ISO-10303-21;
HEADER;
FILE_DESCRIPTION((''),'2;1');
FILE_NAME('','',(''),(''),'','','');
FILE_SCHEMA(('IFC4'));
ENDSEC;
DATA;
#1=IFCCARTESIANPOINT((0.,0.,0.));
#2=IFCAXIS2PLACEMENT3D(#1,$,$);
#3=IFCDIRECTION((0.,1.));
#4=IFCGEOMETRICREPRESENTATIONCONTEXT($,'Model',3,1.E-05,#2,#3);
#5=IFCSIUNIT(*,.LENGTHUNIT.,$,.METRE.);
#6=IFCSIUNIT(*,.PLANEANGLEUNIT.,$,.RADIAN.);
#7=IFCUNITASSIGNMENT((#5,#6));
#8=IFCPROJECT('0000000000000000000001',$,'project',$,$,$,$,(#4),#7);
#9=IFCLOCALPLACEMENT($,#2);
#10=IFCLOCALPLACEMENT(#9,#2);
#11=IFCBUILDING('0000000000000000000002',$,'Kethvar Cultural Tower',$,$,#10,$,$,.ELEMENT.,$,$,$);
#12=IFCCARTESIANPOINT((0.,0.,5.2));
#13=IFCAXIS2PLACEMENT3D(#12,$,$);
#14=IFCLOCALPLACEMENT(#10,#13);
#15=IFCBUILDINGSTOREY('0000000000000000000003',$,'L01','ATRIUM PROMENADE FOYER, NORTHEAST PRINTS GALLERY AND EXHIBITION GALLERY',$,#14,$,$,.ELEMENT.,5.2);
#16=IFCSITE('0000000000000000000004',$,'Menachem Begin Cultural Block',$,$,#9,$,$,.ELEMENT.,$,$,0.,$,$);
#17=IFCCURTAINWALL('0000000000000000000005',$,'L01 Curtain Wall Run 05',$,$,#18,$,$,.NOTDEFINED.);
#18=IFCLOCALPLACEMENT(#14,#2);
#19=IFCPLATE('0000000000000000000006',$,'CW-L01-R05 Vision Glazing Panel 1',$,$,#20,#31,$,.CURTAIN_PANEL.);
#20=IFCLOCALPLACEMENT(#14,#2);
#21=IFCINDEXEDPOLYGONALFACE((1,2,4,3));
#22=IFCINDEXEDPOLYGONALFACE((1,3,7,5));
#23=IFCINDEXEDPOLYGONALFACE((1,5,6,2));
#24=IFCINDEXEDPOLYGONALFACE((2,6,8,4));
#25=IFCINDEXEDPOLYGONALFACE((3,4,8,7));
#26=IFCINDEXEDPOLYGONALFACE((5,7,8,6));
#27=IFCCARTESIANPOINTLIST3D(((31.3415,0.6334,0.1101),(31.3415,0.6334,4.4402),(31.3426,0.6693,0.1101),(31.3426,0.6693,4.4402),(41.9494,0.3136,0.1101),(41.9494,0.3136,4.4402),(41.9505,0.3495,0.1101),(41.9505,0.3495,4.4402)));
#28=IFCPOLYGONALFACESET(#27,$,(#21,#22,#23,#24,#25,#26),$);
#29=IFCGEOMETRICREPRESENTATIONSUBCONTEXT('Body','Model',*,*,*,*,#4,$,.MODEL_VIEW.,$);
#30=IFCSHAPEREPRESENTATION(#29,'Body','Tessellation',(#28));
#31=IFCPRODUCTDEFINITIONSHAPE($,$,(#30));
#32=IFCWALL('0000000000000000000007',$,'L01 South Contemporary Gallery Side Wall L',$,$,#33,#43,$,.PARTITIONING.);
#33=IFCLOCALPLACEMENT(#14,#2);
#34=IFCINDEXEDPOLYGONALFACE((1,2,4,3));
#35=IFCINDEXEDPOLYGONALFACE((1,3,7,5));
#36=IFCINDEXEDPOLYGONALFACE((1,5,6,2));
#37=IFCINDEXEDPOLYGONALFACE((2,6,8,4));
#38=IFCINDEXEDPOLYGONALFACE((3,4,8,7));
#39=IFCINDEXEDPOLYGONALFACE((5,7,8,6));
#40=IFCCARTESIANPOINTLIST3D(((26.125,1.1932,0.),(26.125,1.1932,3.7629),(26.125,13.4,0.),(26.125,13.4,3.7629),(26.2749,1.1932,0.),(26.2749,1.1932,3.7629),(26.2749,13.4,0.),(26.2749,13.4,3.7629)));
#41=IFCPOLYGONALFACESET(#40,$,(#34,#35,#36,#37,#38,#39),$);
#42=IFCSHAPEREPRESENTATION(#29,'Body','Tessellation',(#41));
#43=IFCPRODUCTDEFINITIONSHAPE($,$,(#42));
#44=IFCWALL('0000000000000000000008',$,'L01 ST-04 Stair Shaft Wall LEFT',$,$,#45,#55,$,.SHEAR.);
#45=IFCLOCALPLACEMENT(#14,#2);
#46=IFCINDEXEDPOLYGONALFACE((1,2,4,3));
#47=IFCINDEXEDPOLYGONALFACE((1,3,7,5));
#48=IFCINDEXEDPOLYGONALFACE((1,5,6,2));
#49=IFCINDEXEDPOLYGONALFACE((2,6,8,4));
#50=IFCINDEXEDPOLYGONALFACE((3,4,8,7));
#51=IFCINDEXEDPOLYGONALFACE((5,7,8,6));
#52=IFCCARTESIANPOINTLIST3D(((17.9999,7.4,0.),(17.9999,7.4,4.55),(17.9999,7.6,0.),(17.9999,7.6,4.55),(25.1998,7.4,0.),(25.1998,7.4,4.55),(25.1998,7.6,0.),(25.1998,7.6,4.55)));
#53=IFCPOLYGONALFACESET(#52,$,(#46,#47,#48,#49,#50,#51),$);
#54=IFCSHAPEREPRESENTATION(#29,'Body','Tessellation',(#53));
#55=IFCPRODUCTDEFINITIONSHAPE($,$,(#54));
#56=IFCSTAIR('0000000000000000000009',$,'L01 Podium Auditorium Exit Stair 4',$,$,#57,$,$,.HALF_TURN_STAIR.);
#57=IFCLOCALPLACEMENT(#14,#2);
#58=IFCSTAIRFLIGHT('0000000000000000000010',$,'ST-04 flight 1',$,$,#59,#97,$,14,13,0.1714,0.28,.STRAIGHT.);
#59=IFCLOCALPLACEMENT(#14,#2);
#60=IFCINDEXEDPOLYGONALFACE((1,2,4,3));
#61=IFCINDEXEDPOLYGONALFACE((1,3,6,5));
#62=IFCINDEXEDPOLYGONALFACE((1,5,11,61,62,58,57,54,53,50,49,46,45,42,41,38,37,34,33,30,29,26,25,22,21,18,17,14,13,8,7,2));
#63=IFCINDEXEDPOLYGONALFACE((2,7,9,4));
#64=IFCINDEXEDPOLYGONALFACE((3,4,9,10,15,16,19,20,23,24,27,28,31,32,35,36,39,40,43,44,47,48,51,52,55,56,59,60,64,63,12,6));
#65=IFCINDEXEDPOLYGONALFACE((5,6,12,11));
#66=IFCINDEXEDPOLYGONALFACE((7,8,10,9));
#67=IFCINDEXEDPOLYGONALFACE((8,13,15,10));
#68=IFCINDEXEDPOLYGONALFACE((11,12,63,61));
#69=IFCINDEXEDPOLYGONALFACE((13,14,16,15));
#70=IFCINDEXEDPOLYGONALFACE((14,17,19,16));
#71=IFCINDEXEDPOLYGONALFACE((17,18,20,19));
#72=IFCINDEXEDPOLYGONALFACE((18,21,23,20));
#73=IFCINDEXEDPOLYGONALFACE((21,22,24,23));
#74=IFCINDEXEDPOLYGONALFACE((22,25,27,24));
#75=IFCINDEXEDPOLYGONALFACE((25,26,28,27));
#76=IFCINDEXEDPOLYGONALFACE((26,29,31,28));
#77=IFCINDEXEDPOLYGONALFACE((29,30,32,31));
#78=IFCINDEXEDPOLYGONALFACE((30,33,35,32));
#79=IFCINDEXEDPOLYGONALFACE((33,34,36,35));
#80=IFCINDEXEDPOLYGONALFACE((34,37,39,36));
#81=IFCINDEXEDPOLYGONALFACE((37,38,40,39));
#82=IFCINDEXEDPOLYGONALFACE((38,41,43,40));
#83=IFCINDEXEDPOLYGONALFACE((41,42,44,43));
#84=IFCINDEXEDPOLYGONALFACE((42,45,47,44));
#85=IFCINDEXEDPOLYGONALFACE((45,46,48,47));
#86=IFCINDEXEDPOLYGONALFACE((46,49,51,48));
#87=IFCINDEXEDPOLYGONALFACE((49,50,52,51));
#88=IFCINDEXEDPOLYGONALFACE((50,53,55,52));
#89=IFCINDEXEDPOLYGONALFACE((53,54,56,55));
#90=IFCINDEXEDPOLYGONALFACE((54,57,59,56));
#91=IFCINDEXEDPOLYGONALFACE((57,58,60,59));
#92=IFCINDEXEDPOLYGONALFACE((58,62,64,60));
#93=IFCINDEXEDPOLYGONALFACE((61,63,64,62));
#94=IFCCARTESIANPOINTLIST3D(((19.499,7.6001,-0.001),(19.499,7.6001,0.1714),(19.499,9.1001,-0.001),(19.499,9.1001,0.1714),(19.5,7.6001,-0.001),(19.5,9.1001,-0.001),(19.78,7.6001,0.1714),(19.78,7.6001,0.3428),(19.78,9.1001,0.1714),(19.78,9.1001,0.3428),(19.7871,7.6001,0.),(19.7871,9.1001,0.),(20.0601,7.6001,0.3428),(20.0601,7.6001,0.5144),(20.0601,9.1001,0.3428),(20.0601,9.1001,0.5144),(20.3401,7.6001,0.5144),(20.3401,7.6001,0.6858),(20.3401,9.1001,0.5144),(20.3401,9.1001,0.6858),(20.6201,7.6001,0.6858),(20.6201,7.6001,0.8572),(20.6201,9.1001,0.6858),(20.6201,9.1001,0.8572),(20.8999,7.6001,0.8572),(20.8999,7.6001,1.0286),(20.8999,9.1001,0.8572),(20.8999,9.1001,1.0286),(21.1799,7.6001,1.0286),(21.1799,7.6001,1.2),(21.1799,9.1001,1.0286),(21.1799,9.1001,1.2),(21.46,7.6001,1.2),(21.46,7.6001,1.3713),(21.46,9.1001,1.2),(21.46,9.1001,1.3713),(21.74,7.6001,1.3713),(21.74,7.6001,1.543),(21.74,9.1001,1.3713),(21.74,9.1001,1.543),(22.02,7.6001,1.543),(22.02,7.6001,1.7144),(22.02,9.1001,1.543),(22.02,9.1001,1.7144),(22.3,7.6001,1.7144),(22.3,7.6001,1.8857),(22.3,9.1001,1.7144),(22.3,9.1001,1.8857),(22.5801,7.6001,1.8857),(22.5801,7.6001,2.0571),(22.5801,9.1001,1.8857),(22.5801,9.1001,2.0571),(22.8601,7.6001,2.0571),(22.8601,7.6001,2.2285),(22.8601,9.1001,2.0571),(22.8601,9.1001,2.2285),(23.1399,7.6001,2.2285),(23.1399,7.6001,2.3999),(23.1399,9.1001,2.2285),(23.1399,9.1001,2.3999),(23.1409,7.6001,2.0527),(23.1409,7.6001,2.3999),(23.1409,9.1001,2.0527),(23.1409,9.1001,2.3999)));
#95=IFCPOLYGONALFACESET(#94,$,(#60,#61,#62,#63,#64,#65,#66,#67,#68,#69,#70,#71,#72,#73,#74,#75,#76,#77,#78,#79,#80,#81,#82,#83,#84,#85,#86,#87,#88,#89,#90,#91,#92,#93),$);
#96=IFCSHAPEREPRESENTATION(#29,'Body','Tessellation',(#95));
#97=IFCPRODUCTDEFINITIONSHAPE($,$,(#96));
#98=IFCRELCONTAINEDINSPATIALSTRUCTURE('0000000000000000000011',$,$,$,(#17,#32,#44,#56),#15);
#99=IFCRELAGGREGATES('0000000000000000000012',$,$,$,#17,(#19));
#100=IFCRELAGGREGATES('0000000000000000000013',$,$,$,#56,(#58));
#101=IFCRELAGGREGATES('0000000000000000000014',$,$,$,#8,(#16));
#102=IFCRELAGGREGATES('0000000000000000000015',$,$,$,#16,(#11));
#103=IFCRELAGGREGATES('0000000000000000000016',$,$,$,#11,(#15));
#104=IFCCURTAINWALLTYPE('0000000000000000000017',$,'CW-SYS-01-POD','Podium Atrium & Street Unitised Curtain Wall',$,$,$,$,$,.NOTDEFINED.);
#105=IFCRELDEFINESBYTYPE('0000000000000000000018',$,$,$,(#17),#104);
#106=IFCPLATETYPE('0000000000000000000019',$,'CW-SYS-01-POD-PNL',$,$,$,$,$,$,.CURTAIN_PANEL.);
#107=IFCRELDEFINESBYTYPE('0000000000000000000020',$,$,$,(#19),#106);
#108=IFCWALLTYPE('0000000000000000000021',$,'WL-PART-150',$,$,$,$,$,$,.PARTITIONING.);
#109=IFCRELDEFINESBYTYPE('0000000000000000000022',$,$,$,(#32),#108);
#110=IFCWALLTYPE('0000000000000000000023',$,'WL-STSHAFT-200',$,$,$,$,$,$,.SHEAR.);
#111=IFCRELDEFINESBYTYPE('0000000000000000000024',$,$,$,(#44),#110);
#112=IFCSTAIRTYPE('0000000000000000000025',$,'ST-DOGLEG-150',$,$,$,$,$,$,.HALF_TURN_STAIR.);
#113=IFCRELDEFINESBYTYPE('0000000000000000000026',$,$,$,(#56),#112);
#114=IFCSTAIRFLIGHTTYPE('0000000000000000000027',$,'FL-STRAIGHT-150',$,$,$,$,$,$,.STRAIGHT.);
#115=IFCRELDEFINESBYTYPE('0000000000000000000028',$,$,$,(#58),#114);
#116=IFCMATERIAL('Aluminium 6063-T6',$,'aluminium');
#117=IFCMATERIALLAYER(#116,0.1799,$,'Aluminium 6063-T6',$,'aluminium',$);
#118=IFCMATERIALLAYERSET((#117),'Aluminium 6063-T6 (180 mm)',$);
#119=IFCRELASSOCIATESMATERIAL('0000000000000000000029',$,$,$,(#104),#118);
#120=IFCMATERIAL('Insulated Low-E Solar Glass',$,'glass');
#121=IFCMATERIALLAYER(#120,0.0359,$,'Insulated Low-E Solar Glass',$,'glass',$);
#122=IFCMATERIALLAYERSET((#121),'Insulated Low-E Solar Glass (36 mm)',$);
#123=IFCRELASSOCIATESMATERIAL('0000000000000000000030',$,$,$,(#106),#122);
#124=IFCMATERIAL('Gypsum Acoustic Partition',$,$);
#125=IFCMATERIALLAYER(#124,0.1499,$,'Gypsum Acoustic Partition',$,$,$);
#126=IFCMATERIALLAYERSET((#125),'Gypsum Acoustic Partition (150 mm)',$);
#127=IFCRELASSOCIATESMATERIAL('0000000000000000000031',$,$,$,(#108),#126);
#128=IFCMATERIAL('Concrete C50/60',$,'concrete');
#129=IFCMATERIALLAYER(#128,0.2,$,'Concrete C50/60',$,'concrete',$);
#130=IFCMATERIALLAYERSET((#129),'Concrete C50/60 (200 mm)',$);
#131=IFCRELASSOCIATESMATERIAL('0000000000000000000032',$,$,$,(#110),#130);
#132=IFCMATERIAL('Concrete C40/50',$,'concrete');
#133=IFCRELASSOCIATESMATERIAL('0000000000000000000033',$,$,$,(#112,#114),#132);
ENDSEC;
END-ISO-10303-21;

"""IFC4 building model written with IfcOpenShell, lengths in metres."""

from ifc_helpers import new_model, si_unit, direction, frame, frame_2d, origin, origin_2d, place, context, subcontext, project, spatial, polyline, rectangle, outline, extrude, source, transform, mapped, material, layer, layer_set, type_object, element, aggregate, save


model = new_model("IFC4")

# Units and contexts
model_context = context("Model", 3, precision=1e-05, world=origin(), true_north=direction((0.0, 1.0)))
body_context = subcontext(model_context, "Body", "Model", "MODEL_VIEW")
ifc_project = project(units=[si_unit("LENGTHUNIT", "METRE"), si_unit("PLANEANGLEUNIT", "RADIAN")], contexts=[model_context])

# Site, building, storey
site_placement = place(None, origin())
site = spatial("IfcSite", under=ifc_project, at=site_placement, Name="Menachem Begin Cultural Block", CompositionType="ELEMENT", RefElevation=0.0)
building_placement = place(site_placement, origin())
building = spatial("IfcBuilding", under=site, at=building_placement, Name="Kethvar Cultural Tower", CompositionType="ELEMENT")
storey_placement = place(building_placement, frame((0.0, 0.0, 5.2)))
storey = spatial("IfcBuildingStorey", under=building, at=storey_placement, Name="L01", Description="ATRIUM PROMENADE FOYER, NORTHEAST PRINTS GALLERY AND EXHIBITION GALLERY", CompositionType="ELEMENT", Elevation=5.2)

# Curtain wall
ifc_material_1 = material(Name="Aluminium 6063-T6", Category="aluminium")
ifc_layer_1 = layer(ifc_material_1, 0.1799, Name="Aluminium 6063-T6", Category="aluminium")
ifc_layer_set_1 = layer_set([ifc_layer_1], Name="Aluminium 6063-T6 (180 mm)")
curtain_wall_type = type_object("IfcCurtainWallType", Name="CW-SYS-01-POD", Description="Podium Atrium & Street Unitised Curtain Wall", PredefinedType="NOTDEFINED", material=ifc_layer_set_1)
curtain_wall_1_placement = place(storey_placement, origin())
curtain_wall_1 = element("IfcCurtainWall", 1, at=curtain_wall_1_placement, inside=storey, type_object=curtain_wall_type, Name="L01 Curtain Wall Run 05", PredefinedType="NOTDEFINED")

# Plate
ifc_material_2 = material(Name="Insulated Low-E Solar Glass", Category="glass")
ifc_layer_2 = layer(ifc_material_2, 0.0359, Name="Insulated Low-E Solar Glass", Category="glass")
ifc_layer_set_2 = layer_set([ifc_layer_2], Name="Insulated Low-E Solar Glass (36 mm)")
plate_type = type_object("IfcPlateType", Name="CW-SYS-01-POD-PNL", PredefinedType="CURTAIN_PANEL", material=ifc_layer_set_2)
shared_shape_1 = source(origin(), body_context, "Body", "SweptSolid", [
    extrude(rectangle(XDim=10.6128, YDim=0.0359, at=origin_2d()), origin(), (0.0, 0.0, 1.0), 4.3301),
])
plate_1_placement = place(storey_placement, frame((36.646, 0.4915, 0.1101), z_axis=(0.0, 0.0, 1.0), x_axis=(0.999546, -0.030137, 0.0)))
plate_1 = element("IfcPlate", 2, at=plate_1_placement, type_object=plate_type, Name="CW-L01-R05 Vision Glazing Panel 1", PredefinedType="CURTAIN_PANEL", context=body_context, shape_type="MappedRepresentation", body=[
    mapped(shared_shape_1, transform((0.0, 0.0, 0.0), scale=1.0)),
])
aggregate(curtain_wall_1, [plate_1])

# Walls
ifc_material_3 = material(Name="Gypsum Acoustic Partition")
ifc_layer_3 = layer(ifc_material_3, 0.1499, Name="Gypsum Acoustic Partition")
ifc_layer_set_3 = layer_set([ifc_layer_3], Name="Gypsum Acoustic Partition (150 mm)")
wall_type_1 = type_object("IfcWallType", Name="WL-PART-150", PredefinedType="PARTITIONING", material=ifc_layer_set_3)
wall_1_placement = place(storey_placement, frame((26.2, 1.1931, 0.0), z_axis=(0.0, 0.0, 1.0), x_axis=(0.0, 1.0, 0.0)))
element("IfcWall", 3, at=wall_1_placement, inside=storey, type_object=wall_type_1, Name="L01 South Contemporary Gallery Side Wall L", PredefinedType="PARTITIONING", context=body_context, shape_type="SweptSolid", body=[
    extrude(rectangle(XDim=12.2068, YDim=0.1499, at=frame_2d((6.1035, 0.0))), origin(), (0.0, 0.0, 1.0), 3.7629),
])
ifc_material_4 = material(Name="Concrete C50/60", Category="concrete")
ifc_layer_4 = layer(ifc_material_4, 0.2, Name="Concrete C50/60", Category="concrete")
ifc_layer_set_4 = layer_set([ifc_layer_4], Name="Concrete C50/60 (200 mm)")
wall_type_2 = type_object("IfcWallType", Name="WL-STSHAFT-200", PredefinedType="SHEAR", material=ifc_layer_set_4)
wall_2_placement = place(storey_placement, frame((25.2, 7.5, 0.0), z_axis=(0.0, 0.0, 1.0), x_axis=(-1.0, 0.0, 0.0)))
element("IfcWall", 4, at=wall_2_placement, inside=storey, type_object=wall_type_2, Name="L01 ST-04 Stair Shaft Wall LEFT", PredefinedType="SHEAR", context=body_context, shape_type="SweptSolid", body=[
    extrude(rectangle(XDim=7.2, YDim=0.2, at=frame_2d((3.6001, 0.0))), origin(), (0.0, 0.0, 1.0), 4.55),
])

# Stair, stair flight
ifc_material_5 = material(Name="Concrete C40/50", Category="concrete")
stair_type = type_object("IfcStairType", Name="ST-DOGLEG-150", PredefinedType="HALF_TURN_STAIR", material=ifc_material_5)
stair_placement = place(storey_placement, origin())
stair = element("IfcStair", 5, at=stair_placement, inside=storey, type_object=stair_type, Name="L01 Podium Auditorium Exit Stair 4", PredefinedType="HALF_TURN_STAIR")
stair_flight_type = type_object("IfcStairFlightType", Name="FL-STRAIGHT-150", PredefinedType="STRAIGHT", material=ifc_material_5)
stair_flight_placement = place(storey_placement, frame((19.5, 8.3501, 0.0), z_axis=(0.0, 0.0, 1.0), x_axis=(1.0, 0.0, 0.0)))
stair_flight = element("IfcStairFlight", 6, at=stair_flight_placement, type_object=stair_flight_type, Name="ST-04 flight 1", NumberOfRisers=14, NumberOfTreads=13, PredefinedType="STRAIGHT", RiserHeight=0.1714, TreadLength=0.28, context=body_context, shape_type="SweptSolid", body=[
    extrude(outline(polyline([(-0.001, -0.001), (-0.001, 0.1714), (0.28, 0.1714), (0.28, 0.3428), (0.5601, 0.3428), (0.5601, 0.5144), (0.8401, 0.5144), (0.8401, 0.6858), (1.1201, 0.6858), (1.1201, 0.8572), (1.3999, 0.8572), (1.3999, 1.0286), (1.6799, 1.0286), (1.6799, 1.2), (1.96, 1.2), (1.96, 1.3713), (2.24, 1.3713), (2.24, 1.543), (2.52, 1.543), (2.52, 1.7144), (2.8, 1.7144), (2.8, 1.8857), (3.0801, 1.8857), (3.0801, 2.0571), (3.3601, 2.0571), (3.3601, 2.2285), (3.6399, 2.2285), (3.6399, 2.3999), (3.6409, 2.3999), (3.6409, 2.0527), (0.2871, 0.0), (0.0, -0.001), (-0.001, -0.001)])), frame((0.0, 0.75, 0.0), z_axis=(0.0, -1.0, 0.0), x_axis=(1.0, 0.0, 0.0)), (0.0, 0.0, 1.0), 1.5),
])
aggregate(stair, [stair_flight])

save(model, "model.ifc")
